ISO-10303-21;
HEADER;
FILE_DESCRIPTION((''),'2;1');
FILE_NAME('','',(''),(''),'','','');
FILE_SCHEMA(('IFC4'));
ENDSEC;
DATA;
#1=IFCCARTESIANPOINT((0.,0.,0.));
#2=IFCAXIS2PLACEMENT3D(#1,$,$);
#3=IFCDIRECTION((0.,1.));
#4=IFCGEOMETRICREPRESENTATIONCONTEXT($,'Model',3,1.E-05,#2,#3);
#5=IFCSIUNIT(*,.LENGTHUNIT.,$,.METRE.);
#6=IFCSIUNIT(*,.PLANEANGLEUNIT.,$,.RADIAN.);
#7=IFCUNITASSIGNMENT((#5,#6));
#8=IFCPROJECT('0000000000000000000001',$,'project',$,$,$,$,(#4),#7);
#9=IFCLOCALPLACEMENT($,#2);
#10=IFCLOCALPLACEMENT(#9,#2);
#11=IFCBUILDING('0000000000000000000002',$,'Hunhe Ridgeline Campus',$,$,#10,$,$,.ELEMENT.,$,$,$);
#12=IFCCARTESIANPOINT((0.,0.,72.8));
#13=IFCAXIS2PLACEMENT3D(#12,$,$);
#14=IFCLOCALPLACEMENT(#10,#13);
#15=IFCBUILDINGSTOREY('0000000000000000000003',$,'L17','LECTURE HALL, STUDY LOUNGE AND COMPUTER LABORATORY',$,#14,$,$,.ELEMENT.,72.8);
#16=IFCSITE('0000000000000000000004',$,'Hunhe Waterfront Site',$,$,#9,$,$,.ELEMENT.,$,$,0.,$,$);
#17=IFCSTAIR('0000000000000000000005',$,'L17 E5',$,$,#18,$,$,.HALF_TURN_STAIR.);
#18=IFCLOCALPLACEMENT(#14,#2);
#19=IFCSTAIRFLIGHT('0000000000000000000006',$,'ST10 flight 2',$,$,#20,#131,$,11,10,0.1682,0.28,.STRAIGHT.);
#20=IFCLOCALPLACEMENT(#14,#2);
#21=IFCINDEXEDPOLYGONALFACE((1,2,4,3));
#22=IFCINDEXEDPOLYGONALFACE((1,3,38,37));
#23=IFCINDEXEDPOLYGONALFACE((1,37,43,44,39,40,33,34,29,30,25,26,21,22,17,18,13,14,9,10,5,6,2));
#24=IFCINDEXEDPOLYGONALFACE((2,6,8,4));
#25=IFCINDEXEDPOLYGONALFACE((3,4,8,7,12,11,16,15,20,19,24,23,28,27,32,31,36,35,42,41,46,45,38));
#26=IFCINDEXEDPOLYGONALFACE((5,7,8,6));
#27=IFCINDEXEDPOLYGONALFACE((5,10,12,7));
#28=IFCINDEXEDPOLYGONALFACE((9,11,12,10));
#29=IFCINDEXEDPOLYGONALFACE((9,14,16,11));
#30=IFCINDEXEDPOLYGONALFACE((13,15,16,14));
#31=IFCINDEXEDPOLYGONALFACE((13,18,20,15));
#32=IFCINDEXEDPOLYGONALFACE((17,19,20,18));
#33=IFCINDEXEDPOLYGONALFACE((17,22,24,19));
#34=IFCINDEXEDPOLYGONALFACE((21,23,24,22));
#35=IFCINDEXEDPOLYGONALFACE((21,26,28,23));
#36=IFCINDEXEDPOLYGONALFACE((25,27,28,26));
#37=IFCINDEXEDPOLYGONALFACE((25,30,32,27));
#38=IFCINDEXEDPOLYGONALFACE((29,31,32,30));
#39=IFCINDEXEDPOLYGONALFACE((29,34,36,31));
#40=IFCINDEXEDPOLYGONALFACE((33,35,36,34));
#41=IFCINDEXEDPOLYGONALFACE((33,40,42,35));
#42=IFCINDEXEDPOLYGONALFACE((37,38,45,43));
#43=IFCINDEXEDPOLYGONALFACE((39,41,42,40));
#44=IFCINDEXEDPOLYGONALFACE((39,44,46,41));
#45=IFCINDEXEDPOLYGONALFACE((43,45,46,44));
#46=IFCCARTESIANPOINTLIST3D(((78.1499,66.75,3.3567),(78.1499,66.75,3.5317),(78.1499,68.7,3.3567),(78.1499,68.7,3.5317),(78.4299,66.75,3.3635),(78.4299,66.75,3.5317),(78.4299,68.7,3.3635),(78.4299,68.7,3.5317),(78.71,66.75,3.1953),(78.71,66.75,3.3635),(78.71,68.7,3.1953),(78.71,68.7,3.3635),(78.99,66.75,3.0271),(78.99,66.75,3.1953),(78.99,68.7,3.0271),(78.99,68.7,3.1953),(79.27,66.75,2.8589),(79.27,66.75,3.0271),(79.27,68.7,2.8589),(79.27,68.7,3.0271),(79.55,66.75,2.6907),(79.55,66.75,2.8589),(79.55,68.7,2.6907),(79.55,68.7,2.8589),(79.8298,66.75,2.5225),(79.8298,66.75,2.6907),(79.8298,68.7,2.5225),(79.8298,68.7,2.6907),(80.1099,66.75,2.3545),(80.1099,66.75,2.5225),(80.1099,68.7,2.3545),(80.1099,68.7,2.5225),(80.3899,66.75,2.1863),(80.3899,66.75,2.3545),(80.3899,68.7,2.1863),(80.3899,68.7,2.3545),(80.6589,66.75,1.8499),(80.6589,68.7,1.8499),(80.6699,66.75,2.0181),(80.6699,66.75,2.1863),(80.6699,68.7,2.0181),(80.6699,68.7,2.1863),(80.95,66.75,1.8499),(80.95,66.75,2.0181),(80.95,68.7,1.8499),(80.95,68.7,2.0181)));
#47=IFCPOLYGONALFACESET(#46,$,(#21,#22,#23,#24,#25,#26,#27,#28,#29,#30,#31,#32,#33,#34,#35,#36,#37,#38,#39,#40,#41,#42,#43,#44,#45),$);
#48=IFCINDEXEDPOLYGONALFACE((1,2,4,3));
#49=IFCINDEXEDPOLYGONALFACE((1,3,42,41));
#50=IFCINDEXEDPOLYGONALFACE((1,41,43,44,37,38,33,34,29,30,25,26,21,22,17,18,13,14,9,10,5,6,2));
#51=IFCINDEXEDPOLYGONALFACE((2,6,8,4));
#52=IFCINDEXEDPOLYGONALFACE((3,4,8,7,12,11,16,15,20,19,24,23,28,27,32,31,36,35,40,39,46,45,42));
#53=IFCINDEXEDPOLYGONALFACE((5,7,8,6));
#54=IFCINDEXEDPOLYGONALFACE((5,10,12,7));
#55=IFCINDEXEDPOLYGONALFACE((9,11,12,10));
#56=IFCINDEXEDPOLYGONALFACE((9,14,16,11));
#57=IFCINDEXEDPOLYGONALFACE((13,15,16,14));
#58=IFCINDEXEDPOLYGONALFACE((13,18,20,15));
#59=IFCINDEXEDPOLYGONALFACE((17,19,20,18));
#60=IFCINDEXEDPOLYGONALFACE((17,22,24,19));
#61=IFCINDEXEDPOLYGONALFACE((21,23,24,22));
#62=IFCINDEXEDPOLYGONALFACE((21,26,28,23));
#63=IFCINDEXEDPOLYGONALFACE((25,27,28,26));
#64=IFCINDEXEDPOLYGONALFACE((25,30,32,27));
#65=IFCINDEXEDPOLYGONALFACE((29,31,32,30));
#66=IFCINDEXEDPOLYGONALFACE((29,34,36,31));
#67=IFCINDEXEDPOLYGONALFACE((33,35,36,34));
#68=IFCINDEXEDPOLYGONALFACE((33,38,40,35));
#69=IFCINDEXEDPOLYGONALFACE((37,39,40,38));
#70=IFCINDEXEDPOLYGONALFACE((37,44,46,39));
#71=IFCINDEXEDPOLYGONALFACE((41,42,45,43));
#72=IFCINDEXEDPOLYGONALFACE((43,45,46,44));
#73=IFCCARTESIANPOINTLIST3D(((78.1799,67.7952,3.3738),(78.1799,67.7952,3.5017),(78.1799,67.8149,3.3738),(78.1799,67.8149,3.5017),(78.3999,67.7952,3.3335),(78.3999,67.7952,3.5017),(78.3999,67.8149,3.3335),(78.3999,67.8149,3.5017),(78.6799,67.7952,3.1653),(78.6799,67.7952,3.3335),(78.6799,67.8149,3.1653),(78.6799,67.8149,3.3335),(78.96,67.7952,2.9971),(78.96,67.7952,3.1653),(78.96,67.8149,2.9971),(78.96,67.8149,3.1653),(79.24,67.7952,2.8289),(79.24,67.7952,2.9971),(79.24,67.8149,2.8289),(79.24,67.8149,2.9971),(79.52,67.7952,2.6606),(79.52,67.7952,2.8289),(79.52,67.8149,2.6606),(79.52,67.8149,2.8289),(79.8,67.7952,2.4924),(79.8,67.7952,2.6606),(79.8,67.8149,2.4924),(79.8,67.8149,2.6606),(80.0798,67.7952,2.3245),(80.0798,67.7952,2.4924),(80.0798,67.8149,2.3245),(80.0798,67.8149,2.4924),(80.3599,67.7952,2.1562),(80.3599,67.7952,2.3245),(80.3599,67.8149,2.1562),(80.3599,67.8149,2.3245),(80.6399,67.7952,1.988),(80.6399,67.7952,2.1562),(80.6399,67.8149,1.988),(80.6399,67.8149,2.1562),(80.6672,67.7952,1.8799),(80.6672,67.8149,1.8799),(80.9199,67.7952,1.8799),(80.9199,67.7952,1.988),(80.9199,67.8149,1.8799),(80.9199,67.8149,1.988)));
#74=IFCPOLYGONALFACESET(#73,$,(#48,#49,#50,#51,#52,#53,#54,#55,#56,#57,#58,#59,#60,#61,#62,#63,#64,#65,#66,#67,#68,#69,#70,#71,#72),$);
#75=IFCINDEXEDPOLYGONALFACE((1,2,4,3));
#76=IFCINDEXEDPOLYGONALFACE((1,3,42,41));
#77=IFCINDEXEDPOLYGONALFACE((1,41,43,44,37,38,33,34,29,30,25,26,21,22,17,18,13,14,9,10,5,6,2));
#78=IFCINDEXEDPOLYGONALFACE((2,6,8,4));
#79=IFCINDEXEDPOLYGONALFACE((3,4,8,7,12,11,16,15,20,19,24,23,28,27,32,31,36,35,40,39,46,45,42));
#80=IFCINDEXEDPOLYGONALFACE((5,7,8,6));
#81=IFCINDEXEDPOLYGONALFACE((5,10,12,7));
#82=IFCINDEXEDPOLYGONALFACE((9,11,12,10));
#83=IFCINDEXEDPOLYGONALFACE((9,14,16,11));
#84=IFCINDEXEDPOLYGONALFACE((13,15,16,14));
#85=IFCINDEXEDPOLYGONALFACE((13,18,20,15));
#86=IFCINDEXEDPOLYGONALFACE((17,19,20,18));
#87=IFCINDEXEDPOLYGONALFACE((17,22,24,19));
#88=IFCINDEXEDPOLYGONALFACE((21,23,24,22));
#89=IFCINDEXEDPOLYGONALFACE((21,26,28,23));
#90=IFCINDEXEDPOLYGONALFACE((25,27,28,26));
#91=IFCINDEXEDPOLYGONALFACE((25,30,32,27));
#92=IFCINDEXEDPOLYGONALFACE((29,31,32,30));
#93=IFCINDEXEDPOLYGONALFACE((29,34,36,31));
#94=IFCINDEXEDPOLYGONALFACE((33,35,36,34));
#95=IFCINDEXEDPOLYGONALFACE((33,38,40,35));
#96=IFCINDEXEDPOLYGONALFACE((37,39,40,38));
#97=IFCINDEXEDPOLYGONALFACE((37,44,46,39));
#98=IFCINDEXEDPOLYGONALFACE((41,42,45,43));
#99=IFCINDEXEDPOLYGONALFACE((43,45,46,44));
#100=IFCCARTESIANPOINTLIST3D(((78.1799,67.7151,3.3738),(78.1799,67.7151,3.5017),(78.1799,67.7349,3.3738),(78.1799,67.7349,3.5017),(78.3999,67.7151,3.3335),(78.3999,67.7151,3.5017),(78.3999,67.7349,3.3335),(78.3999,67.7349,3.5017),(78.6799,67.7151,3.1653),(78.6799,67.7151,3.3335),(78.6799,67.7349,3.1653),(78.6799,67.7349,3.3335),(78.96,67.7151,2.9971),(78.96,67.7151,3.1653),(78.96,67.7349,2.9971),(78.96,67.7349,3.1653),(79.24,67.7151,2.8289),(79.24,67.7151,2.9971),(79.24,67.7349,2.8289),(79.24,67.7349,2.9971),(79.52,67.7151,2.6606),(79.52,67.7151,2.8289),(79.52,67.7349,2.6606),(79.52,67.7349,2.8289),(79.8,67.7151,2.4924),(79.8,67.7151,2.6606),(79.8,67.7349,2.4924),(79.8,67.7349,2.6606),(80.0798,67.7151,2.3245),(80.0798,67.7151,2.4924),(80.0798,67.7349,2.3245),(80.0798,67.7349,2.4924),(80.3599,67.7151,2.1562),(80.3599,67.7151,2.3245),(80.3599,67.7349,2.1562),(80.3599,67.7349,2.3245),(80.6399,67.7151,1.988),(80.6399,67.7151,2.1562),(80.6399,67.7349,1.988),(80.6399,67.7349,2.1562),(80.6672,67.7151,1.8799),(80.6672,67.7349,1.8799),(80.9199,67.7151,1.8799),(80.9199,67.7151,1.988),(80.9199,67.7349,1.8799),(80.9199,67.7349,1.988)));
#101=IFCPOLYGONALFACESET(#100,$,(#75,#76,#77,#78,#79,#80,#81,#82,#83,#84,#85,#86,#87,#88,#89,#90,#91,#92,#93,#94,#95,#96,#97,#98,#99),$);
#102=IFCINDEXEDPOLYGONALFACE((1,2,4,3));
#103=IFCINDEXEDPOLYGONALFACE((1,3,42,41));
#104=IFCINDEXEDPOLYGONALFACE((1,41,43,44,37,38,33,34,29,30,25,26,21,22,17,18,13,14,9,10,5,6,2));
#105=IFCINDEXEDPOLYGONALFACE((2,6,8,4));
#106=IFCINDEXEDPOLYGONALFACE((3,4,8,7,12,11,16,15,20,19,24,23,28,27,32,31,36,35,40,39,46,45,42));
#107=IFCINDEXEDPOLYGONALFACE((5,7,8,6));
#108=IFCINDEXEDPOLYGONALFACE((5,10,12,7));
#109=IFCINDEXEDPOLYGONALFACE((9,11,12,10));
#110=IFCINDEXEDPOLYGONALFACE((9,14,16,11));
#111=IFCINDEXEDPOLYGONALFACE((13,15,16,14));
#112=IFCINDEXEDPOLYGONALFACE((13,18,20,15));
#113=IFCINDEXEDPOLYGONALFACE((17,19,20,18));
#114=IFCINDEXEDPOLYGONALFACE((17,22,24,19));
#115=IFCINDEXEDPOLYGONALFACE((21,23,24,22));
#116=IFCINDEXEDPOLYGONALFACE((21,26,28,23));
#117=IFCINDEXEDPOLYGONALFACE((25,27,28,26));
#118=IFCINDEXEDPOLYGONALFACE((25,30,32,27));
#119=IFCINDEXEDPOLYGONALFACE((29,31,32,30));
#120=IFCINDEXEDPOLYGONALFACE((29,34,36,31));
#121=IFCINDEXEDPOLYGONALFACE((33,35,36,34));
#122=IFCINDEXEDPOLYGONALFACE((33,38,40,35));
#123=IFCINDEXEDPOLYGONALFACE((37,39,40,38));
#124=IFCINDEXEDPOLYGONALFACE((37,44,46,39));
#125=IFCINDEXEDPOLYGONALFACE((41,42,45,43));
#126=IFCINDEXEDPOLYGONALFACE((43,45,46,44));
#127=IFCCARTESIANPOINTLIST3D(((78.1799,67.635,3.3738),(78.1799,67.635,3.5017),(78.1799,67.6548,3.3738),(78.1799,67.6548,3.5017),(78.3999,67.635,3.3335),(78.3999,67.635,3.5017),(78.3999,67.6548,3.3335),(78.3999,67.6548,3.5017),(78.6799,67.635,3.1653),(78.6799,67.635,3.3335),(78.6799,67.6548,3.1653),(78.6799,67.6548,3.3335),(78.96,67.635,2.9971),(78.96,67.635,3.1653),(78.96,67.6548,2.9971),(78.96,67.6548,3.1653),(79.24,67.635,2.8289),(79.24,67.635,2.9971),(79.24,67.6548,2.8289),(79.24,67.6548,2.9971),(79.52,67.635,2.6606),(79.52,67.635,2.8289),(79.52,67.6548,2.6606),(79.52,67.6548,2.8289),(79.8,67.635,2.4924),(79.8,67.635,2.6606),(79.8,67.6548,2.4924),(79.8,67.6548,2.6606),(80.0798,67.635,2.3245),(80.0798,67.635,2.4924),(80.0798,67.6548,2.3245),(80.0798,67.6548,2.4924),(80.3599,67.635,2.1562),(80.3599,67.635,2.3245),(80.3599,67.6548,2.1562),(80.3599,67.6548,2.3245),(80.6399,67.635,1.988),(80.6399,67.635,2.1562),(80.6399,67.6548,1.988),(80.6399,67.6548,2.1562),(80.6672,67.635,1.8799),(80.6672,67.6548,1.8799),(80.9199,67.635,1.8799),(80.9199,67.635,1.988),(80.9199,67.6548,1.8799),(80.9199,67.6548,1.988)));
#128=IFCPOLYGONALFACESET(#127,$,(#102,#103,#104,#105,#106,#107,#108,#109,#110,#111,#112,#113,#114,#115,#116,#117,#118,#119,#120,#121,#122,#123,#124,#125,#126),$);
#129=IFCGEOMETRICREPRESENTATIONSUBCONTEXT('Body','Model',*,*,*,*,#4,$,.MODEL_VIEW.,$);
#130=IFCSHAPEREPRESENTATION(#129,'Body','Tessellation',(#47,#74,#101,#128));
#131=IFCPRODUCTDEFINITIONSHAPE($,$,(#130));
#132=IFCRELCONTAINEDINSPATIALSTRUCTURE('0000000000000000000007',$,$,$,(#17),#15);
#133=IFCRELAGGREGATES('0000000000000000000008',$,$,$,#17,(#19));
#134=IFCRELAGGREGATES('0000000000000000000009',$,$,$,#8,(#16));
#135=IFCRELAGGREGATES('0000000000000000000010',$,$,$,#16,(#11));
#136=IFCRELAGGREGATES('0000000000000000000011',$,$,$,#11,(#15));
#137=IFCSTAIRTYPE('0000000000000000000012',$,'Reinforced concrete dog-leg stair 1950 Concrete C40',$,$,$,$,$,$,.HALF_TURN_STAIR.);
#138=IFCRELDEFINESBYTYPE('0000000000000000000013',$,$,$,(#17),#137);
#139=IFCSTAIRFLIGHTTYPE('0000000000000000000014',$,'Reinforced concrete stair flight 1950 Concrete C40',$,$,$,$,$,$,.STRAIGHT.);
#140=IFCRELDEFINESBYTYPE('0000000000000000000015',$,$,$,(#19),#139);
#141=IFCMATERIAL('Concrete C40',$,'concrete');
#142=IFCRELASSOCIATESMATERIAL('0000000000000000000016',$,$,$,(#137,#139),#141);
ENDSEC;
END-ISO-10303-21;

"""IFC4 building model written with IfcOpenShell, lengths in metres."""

from ifc_helpers import new_model, si_unit, direction, frame, origin, place, context, subcontext, project, spatial, polyline, outline, extrude, material, type_object, element, aggregate, save


model = new_model("IFC4")

# Units and contexts
model_context = context("Model", 3, precision=1e-05, world=origin(), true_north=direction((0.0, 1.0)))
body_context = subcontext(model_context, "Body", "Model", "MODEL_VIEW")
ifc_project = project(units=[si_unit("LENGTHUNIT", "METRE"), si_unit("PLANEANGLEUNIT", "RADIAN")], contexts=[model_context])

# Site, building, storey
site_placement = place(None, origin())
site = spatial("IfcSite", under=ifc_project, at=site_placement, Name="Hunhe Waterfront Site", CompositionType="ELEMENT", RefElevation=0.0)
building_placement = place(site_placement, origin())
building = spatial("IfcBuilding", under=site, at=building_placement, Name="Hunhe Ridgeline Campus", CompositionType="ELEMENT")
storey_placement = place(building_placement, frame((0.0, 0.0, 72.8)))
storey = spatial("IfcBuildingStorey", under=building, at=storey_placement, Name="L17", Description="LECTURE HALL, STUDY LOUNGE AND COMPUTER LABORATORY", CompositionType="ELEMENT", Elevation=72.8)

# Stair, stair flight
ifc_material_1 = material(Name="Concrete C40", Category="concrete")
stair_type = type_object("IfcStairType", Name="Reinforced concrete dog-leg stair 1950 Concrete C40", PredefinedType="HALF_TURN_STAIR", material=ifc_material_1)
stair_placement = place(storey_placement, origin())
stair = element("IfcStair", 1, at=stair_placement, inside=storey, type_object=stair_type, Name="L17 E5", PredefinedType="HALF_TURN_STAIR")
stair_flight_type = type_object("IfcStairFlightType", Name="Reinforced concrete stair flight 1950 Concrete C40", PredefinedType="STRAIGHT", material=ifc_material_1)
stair_flight_1_placement = place(storey_placement, frame((80.95, 67.7251, 1.8499), z_axis=(0.0, 0.0, 1.0), x_axis=(-1.0, 0.0, 0.0)))
stair_flight_1 = element("IfcStairFlight", 2, at=stair_flight_1_placement, type_object=stair_flight_type, Name="ST10 flight 2", NumberOfRisers=11, NumberOfTreads=10, PredefinedType="STRAIGHT", RiserHeight=0.1682, TreadLength=0.28, context=body_context, shape_type="SweptSolid", body=[
    extrude(outline(polyline([(0.0, 0.0), (0.0, 0.1682), (0.28, 0.1682), (0.28, 0.3364), (0.5601, 0.3364), (0.5601, 0.5046), (0.8401, 0.5046), (0.8401, 0.6726), (1.1201, 0.6726), (1.1201, 0.8408), (1.3999, 0.8408), (1.3999, 1.009), (1.6799, 1.009), (1.6799, 1.1772), (1.96, 1.1772), (1.96, 1.3455), (2.24, 1.3455), (2.24, 1.5137), (2.52, 1.5137), (2.52, 1.6819), (2.8, 1.6819), (2.8, 1.8501), (2.8, 1.5068), (0.291, 0.0), (0.0, 0.0)])), frame((0.0, 0.9751, 0.0), z_axis=(0.0, -1.0, 0.0), x_axis=(1.0, 0.0, 0.0)), (0.0, 0.0, 1.0), 1.95),
    extrude(outline(polyline([(0.03, 0.03), (0.03, 0.1382), (0.3101, 0.1382), (0.3101, 0.3064), (0.5901, 0.3064), (0.5901, 0.4746), (0.8701, 0.4746), (0.8701, 0.6426), (1.1499, 0.6426), (1.1499, 0.8108), (1.4299, 0.8108), (1.4299, 0.979), (1.71, 0.979), (1.71, 1.1472), (1.99, 1.1472), (1.99, 1.3154), (2.27, 1.3154), (2.27, 1.4836), (2.55, 1.4836), (2.55, 1.6519), (2.77, 1.6519), (2.77, 1.5239), (0.2827, 0.03), (0.03, 0.03)])), frame((0.0, -0.0701, 0.0), z_axis=(0.0, -1.0, 0.0), x_axis=(1.0, 0.0, 0.0)), (0.0, 0.0, 1.0), 0.0198),
    extrude(outline(polyline([(0.03, 0.03), (0.03, 0.1382), (0.3101, 0.1382), (0.3101, 0.3064), (0.5901, 0.3064), (0.5901, 0.4746), (0.8701, 0.4746), (0.8701, 0.6426), (1.1499, 0.6426), (1.1499, 0.8108), (1.4299, 0.8108), (1.4299, 0.979), (1.71, 0.979), (1.71, 1.1472), (1.99, 1.1472), (1.99, 1.3154), (2.27, 1.3154), (2.27, 1.4836), (2.55, 1.4836), (2.55, 1.6519), (2.77, 1.6519), (2.77, 1.5239), (0.2827, 0.03), (0.03, 0.03)])), frame((0.0, 0.01, 0.0), z_axis=(0.0, -1.0, 0.0), x_axis=(1.0, 0.0, 0.0)), (0.0, 0.0, 1.0), 0.0198),
    extrude(outline(polyline([(0.03, 0.03), (0.03, 0.1382), (0.3101, 0.1382), (0.3101, 0.3064), (0.5901, 0.3064), (0.5901, 0.4746), (0.8701, 0.4746), (0.8701, 0.6426), (1.1499, 0.6426), (1.1499, 0.8108), (1.4299, 0.8108), (1.4299, 0.979), (1.71, 0.979), (1.71, 1.1472), (1.99, 1.1472), (1.99, 1.3154), (2.27, 1.3154), (2.27, 1.4836), (2.55, 1.4836), (2.55, 1.6519), (2.77, 1.6519), (2.77, 1.5239), (0.2827, 0.03), (0.03, 0.03)])), frame((0.0, 0.0901, 0.0), z_axis=(0.0, -1.0, 0.0), x_axis=(1.0, 0.0, 0.0)), (0.0, 0.0, 1.0), 0.0198),
])
aggregate(stair, [stair_flight_1])

save(model, "model.ifc")
